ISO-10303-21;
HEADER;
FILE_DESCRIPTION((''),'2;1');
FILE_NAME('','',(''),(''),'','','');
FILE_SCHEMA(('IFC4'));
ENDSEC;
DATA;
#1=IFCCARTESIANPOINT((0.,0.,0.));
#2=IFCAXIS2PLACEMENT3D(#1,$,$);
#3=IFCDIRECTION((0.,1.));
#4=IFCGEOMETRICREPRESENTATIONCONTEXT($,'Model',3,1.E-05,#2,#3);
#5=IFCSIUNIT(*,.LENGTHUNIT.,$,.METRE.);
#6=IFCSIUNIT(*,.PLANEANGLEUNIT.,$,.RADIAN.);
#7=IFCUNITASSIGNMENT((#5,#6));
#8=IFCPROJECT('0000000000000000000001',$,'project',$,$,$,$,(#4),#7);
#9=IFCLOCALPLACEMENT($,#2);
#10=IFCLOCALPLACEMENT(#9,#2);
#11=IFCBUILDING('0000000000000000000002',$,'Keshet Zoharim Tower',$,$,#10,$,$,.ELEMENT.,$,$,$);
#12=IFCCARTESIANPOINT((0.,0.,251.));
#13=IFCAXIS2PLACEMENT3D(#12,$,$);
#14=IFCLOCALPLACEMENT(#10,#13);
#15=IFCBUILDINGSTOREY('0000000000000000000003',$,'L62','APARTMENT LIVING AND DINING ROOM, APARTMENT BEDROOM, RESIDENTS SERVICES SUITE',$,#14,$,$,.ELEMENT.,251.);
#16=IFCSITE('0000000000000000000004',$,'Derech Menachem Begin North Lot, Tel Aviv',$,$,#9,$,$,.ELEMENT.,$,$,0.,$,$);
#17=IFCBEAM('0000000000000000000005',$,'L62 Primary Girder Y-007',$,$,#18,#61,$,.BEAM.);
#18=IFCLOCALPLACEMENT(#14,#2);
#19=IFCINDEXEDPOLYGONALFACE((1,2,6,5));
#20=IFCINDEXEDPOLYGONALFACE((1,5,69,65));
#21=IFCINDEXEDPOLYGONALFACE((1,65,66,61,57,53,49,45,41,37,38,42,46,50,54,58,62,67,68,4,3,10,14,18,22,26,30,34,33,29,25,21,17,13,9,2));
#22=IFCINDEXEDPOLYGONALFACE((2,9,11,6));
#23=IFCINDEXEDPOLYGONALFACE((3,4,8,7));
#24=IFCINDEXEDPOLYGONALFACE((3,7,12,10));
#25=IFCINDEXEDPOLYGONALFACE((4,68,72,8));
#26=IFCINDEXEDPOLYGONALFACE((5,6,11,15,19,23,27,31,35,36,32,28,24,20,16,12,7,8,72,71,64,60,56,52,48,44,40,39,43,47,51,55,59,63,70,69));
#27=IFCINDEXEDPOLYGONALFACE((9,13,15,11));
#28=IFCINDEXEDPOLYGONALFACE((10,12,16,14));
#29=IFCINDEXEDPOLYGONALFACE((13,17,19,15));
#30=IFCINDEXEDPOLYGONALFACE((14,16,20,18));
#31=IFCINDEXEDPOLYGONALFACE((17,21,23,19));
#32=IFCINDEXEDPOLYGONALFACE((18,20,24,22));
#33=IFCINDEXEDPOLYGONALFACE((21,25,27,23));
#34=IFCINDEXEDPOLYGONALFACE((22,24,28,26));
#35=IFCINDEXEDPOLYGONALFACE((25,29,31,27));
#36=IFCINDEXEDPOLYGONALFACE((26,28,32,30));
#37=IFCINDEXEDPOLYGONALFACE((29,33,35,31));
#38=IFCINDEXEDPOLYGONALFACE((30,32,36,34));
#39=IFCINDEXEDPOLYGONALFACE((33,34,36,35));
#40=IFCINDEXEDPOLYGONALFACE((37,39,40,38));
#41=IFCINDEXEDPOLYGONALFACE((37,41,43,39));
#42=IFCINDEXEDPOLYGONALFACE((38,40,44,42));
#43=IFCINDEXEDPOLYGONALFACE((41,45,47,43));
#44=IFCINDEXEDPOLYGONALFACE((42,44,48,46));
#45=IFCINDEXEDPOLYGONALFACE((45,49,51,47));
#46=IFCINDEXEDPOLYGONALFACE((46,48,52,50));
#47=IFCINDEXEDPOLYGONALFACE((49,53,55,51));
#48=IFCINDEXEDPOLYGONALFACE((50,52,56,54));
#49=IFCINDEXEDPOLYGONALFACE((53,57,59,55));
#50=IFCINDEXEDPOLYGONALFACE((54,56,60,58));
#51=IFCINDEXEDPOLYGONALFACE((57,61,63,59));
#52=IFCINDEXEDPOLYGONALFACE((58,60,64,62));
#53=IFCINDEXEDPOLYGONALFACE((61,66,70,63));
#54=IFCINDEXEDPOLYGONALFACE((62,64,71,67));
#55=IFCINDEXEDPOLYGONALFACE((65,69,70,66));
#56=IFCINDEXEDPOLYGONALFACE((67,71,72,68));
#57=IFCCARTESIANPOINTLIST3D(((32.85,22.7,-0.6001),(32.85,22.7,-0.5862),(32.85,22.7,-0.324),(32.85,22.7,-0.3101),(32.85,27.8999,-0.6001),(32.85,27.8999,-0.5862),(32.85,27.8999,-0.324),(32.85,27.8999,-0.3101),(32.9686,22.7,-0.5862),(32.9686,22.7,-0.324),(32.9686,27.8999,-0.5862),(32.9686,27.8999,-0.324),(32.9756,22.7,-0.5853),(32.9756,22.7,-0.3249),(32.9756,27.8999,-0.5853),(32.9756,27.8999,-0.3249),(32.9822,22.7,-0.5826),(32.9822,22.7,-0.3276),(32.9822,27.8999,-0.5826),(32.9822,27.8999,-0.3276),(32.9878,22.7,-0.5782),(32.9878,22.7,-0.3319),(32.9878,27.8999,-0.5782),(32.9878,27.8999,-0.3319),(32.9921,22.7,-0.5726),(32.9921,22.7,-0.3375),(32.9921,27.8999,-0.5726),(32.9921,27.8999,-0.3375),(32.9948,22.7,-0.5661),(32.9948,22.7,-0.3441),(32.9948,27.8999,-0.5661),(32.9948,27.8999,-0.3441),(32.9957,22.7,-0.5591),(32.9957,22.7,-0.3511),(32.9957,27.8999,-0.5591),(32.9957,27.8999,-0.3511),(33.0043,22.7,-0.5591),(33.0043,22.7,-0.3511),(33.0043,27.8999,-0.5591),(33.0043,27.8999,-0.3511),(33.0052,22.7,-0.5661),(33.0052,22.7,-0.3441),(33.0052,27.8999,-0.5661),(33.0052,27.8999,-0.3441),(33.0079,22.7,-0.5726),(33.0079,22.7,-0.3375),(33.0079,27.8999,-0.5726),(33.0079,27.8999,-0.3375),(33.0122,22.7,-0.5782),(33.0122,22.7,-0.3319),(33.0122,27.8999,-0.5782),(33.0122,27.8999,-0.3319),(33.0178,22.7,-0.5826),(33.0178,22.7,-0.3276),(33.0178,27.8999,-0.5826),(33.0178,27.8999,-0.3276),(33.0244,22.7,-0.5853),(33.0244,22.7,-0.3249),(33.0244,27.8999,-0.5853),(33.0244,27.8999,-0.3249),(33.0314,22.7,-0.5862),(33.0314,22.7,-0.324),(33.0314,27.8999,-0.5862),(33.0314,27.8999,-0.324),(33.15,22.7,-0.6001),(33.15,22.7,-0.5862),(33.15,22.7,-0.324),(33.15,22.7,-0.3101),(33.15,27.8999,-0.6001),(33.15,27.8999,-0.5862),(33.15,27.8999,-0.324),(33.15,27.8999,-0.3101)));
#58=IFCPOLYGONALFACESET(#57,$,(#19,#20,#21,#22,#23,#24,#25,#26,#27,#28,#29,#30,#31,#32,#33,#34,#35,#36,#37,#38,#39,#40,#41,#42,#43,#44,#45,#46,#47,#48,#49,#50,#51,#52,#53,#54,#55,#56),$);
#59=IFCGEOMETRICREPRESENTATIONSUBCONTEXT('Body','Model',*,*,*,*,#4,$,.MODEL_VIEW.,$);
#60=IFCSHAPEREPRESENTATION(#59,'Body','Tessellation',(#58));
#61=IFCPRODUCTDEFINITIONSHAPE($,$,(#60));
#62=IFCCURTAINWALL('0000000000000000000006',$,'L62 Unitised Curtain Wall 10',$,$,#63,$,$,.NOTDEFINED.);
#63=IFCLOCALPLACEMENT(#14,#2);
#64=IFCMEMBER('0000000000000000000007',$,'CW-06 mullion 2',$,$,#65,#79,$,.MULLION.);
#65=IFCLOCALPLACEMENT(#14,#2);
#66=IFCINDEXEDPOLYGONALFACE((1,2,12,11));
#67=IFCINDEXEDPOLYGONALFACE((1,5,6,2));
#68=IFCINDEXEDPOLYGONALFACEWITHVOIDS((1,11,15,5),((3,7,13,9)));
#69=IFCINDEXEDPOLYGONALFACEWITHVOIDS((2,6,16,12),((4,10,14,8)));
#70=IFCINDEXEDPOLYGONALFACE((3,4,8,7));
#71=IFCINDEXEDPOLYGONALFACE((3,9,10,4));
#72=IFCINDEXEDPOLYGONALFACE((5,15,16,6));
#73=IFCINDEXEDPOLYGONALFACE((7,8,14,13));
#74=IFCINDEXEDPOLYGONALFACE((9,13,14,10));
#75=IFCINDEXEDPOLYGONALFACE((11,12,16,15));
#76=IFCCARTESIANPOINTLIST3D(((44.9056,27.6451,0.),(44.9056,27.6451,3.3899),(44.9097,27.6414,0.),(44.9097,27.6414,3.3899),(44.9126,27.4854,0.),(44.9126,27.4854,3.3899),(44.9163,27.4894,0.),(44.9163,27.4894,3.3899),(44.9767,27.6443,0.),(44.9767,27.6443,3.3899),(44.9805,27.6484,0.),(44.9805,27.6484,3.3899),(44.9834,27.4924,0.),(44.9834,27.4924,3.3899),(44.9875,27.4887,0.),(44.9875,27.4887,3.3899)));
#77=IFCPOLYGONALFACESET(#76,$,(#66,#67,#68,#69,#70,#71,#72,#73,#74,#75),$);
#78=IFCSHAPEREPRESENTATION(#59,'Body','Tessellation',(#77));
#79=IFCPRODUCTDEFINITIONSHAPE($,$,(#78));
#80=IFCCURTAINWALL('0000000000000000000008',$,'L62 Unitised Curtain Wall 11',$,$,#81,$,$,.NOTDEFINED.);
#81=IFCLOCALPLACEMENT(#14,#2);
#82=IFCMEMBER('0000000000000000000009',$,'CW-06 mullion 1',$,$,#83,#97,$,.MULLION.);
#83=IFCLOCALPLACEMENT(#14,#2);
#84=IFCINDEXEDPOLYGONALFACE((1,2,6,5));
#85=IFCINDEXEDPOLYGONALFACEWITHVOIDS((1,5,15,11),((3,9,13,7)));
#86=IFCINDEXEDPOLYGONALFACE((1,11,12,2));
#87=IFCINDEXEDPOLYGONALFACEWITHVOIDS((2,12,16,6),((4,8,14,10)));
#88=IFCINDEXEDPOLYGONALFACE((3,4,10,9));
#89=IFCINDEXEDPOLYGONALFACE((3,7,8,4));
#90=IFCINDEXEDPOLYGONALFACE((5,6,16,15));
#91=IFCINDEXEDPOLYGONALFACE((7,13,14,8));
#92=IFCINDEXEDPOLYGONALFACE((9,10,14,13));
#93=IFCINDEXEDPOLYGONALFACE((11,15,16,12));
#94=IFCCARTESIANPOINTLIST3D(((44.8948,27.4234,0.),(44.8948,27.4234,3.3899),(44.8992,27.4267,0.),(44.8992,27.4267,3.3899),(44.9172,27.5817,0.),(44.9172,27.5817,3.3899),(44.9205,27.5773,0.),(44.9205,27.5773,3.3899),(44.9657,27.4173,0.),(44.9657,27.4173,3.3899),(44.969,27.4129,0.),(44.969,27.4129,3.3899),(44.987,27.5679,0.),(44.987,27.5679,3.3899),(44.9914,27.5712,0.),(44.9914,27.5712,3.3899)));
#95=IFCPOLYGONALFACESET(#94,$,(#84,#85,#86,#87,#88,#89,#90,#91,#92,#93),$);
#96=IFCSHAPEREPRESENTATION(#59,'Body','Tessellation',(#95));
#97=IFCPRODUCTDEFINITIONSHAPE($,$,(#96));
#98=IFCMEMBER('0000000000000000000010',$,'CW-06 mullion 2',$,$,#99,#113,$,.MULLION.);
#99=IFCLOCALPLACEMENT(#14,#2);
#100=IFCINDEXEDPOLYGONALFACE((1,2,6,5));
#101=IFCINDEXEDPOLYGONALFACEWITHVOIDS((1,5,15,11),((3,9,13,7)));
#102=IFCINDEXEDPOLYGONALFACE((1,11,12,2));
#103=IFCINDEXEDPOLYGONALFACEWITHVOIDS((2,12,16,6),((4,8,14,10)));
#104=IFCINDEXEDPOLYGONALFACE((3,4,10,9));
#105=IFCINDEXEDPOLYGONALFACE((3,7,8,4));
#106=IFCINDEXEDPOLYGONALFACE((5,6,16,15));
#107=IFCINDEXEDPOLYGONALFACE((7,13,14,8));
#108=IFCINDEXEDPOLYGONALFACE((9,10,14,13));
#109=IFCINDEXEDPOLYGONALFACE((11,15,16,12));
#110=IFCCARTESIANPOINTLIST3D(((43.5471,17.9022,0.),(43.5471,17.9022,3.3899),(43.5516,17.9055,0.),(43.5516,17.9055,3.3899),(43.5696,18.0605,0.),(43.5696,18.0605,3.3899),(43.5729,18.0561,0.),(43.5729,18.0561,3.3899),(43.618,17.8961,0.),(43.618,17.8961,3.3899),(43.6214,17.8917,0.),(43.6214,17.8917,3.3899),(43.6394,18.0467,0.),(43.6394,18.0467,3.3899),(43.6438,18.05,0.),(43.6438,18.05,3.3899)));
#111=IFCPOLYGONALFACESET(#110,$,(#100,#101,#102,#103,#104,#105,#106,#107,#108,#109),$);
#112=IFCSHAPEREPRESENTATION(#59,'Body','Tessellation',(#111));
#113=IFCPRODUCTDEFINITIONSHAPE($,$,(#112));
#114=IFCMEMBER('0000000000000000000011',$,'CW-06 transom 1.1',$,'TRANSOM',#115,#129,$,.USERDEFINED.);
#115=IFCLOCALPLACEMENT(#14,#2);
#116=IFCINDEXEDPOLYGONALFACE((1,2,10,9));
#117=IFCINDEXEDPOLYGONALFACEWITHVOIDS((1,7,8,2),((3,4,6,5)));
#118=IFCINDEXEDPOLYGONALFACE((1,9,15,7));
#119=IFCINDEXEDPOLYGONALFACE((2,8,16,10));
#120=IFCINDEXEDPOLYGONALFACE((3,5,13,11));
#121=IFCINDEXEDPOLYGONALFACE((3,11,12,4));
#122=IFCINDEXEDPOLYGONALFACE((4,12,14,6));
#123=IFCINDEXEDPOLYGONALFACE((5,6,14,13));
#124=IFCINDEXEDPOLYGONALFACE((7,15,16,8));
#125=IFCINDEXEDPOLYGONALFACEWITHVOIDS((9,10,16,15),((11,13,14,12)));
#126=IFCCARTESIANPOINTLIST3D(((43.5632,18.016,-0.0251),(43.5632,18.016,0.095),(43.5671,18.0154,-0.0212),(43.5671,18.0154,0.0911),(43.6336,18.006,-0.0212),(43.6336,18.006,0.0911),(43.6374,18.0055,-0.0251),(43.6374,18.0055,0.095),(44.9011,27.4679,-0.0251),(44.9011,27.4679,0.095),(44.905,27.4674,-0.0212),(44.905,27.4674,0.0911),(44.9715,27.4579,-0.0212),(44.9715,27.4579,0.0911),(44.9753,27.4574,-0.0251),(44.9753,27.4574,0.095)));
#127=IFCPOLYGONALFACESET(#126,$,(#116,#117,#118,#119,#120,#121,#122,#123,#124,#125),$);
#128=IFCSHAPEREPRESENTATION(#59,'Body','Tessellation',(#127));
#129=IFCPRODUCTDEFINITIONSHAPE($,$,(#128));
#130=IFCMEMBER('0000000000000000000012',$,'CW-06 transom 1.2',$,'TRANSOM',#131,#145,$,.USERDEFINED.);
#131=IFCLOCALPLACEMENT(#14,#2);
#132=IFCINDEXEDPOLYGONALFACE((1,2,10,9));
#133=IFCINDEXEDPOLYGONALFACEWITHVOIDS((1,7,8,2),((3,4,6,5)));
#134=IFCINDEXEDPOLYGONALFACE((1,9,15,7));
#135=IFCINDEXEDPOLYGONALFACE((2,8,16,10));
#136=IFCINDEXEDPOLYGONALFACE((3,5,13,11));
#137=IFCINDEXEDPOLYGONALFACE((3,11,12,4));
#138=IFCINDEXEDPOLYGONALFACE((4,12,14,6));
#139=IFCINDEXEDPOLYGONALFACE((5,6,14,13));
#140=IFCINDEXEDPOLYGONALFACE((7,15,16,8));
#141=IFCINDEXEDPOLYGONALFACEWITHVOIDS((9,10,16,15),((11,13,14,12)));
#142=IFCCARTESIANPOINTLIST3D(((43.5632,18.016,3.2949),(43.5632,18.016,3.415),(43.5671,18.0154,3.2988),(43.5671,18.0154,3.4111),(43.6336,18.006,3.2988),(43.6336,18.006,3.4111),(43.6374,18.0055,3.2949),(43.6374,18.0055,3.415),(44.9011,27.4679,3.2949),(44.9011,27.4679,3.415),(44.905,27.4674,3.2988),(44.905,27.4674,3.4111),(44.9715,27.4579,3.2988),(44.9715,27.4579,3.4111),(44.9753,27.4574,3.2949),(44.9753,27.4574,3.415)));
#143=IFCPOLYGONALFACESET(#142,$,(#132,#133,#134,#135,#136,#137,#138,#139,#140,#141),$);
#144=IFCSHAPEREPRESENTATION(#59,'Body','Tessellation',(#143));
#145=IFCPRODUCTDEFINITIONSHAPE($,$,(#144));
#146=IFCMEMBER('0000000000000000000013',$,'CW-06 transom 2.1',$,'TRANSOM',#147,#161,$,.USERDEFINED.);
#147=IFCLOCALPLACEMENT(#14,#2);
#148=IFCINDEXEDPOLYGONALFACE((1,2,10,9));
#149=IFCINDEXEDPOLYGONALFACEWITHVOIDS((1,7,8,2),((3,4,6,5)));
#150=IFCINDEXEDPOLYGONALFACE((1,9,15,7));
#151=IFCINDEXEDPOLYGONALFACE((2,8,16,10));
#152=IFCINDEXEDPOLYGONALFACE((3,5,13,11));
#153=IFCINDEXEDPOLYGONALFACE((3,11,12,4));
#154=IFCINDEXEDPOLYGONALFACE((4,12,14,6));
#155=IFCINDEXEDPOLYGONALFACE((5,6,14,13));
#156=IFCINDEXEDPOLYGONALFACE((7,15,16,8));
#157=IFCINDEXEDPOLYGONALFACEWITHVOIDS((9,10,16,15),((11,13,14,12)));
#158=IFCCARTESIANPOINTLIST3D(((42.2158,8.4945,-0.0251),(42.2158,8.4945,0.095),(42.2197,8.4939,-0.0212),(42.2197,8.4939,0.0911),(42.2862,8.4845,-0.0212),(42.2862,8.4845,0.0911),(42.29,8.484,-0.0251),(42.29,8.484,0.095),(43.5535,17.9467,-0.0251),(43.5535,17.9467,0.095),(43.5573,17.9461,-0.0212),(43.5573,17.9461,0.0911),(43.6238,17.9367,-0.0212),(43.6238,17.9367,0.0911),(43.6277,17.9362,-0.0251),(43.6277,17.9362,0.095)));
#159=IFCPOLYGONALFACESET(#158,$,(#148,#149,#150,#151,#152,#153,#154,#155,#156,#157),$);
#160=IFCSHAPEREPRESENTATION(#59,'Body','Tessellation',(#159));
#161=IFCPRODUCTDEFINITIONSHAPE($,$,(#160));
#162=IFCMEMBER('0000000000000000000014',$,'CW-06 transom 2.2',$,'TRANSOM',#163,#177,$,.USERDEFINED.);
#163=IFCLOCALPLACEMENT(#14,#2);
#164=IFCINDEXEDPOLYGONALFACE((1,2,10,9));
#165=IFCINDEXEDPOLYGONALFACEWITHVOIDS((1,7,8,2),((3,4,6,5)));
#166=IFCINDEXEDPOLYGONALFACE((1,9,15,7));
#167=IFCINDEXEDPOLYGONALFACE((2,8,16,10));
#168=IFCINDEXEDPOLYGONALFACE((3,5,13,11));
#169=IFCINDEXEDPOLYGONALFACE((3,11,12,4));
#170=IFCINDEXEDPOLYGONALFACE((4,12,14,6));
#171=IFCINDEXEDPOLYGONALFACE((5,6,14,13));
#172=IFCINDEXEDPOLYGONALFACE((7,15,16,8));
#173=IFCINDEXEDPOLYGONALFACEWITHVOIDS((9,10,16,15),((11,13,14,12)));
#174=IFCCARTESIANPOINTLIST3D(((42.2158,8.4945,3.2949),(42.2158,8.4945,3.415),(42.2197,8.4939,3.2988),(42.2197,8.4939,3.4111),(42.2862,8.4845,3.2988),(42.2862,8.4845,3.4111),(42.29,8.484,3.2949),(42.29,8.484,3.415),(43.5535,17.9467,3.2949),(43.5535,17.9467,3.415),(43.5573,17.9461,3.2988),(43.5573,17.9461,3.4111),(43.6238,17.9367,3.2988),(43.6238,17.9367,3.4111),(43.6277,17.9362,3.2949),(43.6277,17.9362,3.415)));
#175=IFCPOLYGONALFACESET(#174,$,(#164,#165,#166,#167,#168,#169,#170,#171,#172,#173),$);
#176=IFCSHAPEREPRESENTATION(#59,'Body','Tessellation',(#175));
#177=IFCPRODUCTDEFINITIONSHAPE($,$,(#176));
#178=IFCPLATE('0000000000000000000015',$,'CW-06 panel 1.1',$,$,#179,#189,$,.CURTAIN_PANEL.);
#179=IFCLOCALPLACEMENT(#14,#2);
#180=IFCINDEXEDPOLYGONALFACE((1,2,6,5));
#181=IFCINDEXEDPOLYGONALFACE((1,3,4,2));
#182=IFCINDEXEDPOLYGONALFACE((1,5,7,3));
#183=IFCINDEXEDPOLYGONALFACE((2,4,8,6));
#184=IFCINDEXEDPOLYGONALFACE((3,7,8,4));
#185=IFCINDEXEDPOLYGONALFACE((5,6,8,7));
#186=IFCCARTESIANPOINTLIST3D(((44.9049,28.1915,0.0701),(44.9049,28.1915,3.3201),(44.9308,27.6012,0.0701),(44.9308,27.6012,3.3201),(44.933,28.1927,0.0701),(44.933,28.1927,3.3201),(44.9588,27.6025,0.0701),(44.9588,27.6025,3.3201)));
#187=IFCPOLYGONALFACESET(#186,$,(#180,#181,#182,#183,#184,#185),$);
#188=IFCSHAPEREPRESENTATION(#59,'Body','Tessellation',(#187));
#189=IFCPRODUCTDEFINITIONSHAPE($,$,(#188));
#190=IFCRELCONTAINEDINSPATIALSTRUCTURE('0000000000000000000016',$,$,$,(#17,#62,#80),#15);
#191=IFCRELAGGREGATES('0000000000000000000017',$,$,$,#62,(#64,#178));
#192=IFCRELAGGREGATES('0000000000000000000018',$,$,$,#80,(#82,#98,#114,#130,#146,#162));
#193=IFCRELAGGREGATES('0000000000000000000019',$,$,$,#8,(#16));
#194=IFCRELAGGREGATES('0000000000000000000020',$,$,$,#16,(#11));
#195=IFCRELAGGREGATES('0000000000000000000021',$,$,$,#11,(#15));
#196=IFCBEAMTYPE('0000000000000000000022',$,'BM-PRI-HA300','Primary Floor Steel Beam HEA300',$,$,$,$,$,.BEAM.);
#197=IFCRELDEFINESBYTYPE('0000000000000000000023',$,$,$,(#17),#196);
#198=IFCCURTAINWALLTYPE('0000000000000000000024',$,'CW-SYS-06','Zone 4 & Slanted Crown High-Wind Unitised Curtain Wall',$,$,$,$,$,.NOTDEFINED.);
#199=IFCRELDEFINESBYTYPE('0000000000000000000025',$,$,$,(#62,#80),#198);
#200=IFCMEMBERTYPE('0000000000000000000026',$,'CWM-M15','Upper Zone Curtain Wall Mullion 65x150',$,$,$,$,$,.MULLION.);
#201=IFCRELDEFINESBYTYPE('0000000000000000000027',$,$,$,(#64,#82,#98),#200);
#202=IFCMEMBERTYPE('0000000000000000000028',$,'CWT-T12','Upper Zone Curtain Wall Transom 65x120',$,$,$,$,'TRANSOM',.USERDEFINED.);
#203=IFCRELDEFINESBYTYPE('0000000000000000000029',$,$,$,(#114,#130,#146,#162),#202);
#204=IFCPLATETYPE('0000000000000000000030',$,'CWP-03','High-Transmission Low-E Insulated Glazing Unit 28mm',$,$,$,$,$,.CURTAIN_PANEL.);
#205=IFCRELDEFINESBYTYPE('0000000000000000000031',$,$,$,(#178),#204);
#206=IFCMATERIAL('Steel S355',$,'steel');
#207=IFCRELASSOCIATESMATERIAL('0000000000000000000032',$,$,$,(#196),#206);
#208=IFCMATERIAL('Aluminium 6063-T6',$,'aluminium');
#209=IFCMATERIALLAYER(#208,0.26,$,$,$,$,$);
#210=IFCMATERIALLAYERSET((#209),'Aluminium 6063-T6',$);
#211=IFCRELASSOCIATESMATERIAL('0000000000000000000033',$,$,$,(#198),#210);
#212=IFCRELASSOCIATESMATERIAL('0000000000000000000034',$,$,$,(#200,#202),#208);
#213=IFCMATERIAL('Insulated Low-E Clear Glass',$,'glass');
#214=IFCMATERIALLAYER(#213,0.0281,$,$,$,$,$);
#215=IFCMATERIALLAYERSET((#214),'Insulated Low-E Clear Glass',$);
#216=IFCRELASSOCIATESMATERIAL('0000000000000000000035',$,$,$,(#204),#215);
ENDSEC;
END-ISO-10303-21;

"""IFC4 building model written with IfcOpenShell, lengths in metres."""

from ifc_helpers import new_model, si_unit, direction, frame, origin, origin_2d, place, context, subcontext, project, spatial, rectangle, hollow_rectangle, i_section, extrude, material, layer, layer_set, material_profile, profile_set, type_object, element, aggregate, save


model = new_model("IFC4")

# Units and contexts
model_context = context("Model", 3, precision=1e-05, world=origin(), true_north=direction((0.0, 1.0)))
body_context = subcontext(model_context, "Body", "Model", "MODEL_VIEW")
ifc_project = project(units=[si_unit("LENGTHUNIT", "METRE"), si_unit("PLANEANGLEUNIT", "RADIAN")], contexts=[model_context])

# Site, building, storey
site_placement = place(None, origin())
site = spatial("IfcSite", under=ifc_project, at=site_placement, Name="Derech Menachem Begin North Lot, Tel Aviv", CompositionType="ELEMENT", RefElevation=0.0)
building_placement = place(site_placement, origin())
building = spatial("IfcBuilding", under=site, at=building_placement, Name="Keshet Zoharim Tower", CompositionType="ELEMENT")
storey_placement = place(building_placement, frame((0.0, 0.0, 251.0)))
storey = spatial("IfcBuildingStorey", under=building, at=storey_placement, Name="L62", Description="APARTMENT LIVING AND DINING ROOM, APARTMENT BEDROOM, RESIDENTS SERVICES SUITE", CompositionType="ELEMENT", Elevation=251.0)

# Shared definitions
ifc_material_1 = material(Name="Steel S355", Category="steel")

# Beam
ifc_material_profile_1 = material_profile(ifc_material_1, i_section(OverallWidth=0.3, OverallDepth=0.29, WebThickness=0.0085, FlangeThickness=0.0139, FilletRadius=0.0271, at=origin_2d()), Name="HEA300")
ifc_profile_set_1 = profile_set([ifc_material_profile_1], Name="Steel S355")
beam_type_1 = type_object("IfcBeamType", Name="BM-PRI-HA300", Description="Primary Floor Steel Beam HEA300", PredefinedType="BEAM", material=ifc_profile_set_1)
beam_1_placement = place(storey_placement, frame((33.0, 22.7, -0.4551), z_axis=(0.0, 1.0, 0.0), x_axis=(-1.0, 0.0, 0.0)))
element("IfcBeam", 1, at=beam_1_placement, inside=storey, type_object=beam_type_1, Name="L62 Primary Girder Y-007", PredefinedType="BEAM", context=body_context, shape_type="SweptSolid", body=[
    extrude(i_section(OverallWidth=0.3, OverallDepth=0.29, WebThickness=0.0085, FlangeThickness=0.0139, FilletRadius=0.0271, at=origin_2d()), origin(), (0.0, 0.0, 1.0), 5.2),
])

# Curtain wall, member
ifc_material_2 = material(Name="Aluminium 6063-T6", Category="aluminium")
ifc_layer_1 = layer(ifc_material_2, 0.26)
ifc_layer_set_1 = layer_set([ifc_layer_1], Name="Aluminium 6063-T6")
curtain_wall_type = type_object("IfcCurtainWallType", Name="CW-SYS-06", Description="Zone 4 & Slanted Crown High-Wind Unitised Curtain Wall", PredefinedType="NOTDEFINED", material=ifc_layer_set_1)
curtain_wall_1_placement = place(storey_placement, origin())
curtain_wall_1 = element("IfcCurtainWall", 2, at=curtain_wall_1_placement, inside=storey, type_object=curtain_wall_type, Name="L62 Unitised Curtain Wall 10", PredefinedType="NOTDEFINED")
ifc_material_profile_2 = material_profile(ifc_material_2, hollow_rectangle(XDim=0.075, YDim=0.1599, WallThickness=0.0039, at=origin_2d()), Name="MUL-75x160")
ifc_profile_set_2 = profile_set([ifc_material_profile_2], Name="Aluminium 6063-T6")
member_type_1 = type_object("IfcMemberType", Name="CWM-M15", Description="Upper Zone Curtain Wall Mullion 65x150", PredefinedType="MULLION", material=ifc_profile_set_2)
member_1_placement = place(storey_placement, frame((44.9465, 27.5669, 0.0), z_axis=(0.0, 0.0, 1.0), x_axis=(0.999041, 0.043794, 0.0)))
member_1 = element("IfcMember", 3, at=member_1_placement, type_object=member_type_1, Name="CW-06 mullion 2", PredefinedType="MULLION", context=body_context, shape_type="SweptSolid", body=[
    extrude(hollow_rectangle(XDim=0.075, YDim=0.1599, WallThickness=0.0039, at=origin_2d()), origin(), (0.0, 0.0, 1.0), 3.3899),
])

# Curtain wall, members
curtain_wall_2_placement = place(storey_placement, origin())
curtain_wall_2 = element("IfcCurtainWall", 4, at=curtain_wall_2_placement, inside=storey, type_object=curtain_wall_type, Name="L62 Unitised Curtain Wall 11", PredefinedType="NOTDEFINED")
member_2_placement = place(storey_placement, frame((44.9431, 27.4973, 0.0), z_axis=(0.0, 0.0, 1.0), x_axis=(0.990132, -0.140137, 0.0)))
member_2 = element("IfcMember", 5, at=member_2_placement, type_object=member_type_1, Name="CW-06 mullion 1", PredefinedType="MULLION", context=body_context, shape_type="SweptSolid", body=[
    extrude(hollow_rectangle(XDim=0.075, YDim=0.1599, WallThickness=0.0039, at=origin_2d()), origin(), (0.0, 0.0, 1.0), 3.3899),
])
member_3_placement = place(storey_placement, frame((43.5955, 17.9761, 0.0), z_axis=(0.0, 0.0, 1.0), x_axis=(0.990132, -0.140137, 0.0)))
member_3 = element("IfcMember", 6, at=member_3_placement, type_object=member_type_1, Name="CW-06 mullion 2", PredefinedType="MULLION", context=body_context, shape_type="SweptSolid", body=[
    extrude(hollow_rectangle(XDim=0.075, YDim=0.1599, WallThickness=0.0039, at=origin_2d()), origin(), (0.0, 0.0, 1.0), 3.3899),
])
ifc_material_profile_3 = material_profile(ifc_material_2, hollow_rectangle(XDim=0.075, YDim=0.1201, WallThickness=0.0039, at=origin_2d()), Name="TRN-75x120")
ifc_profile_set_3 = profile_set([ifc_material_profile_3], Name="Aluminium 6063-T6")
member_type_2 = type_object("IfcMemberType", Name="CWT-T12", Description="Upper Zone Curtain Wall Transom 65x120", ElementType="TRANSOM", PredefinedType="USERDEFINED", material=ifc_profile_set_3)
member_4_placement = place(storey_placement, frame((44.9382, 27.4626, 0.0349), z_axis=(-0.14015, -0.99013, 0.0), x_axis=(0.99013, -0.14015, 0.0)))
member_4 = element("IfcMember", 7, at=member_4_placement, type_object=member_type_2, Name="CW-06 transom 1.1", ObjectType="TRANSOM", PredefinedType="USERDEFINED", context=body_context, shape_type="SweptSolid", body=[
    extrude(hollow_rectangle(XDim=0.075, YDim=0.1201, WallThickness=0.0039, at=origin_2d()), origin(), (0.0, 0.0, 1.0), 9.5461),
])
member_5_placement = place(storey_placement, frame((44.9382, 27.4626, 3.355), z_axis=(-0.14015, -0.99013, 0.0), x_axis=(0.99013, -0.14015, 0.0)))
member_5 = element("IfcMember", 8, at=member_5_placement, type_object=member_type_2, Name="CW-06 transom 1.2", ObjectType="TRANSOM", PredefinedType="USERDEFINED", context=body_context, shape_type="SweptSolid", body=[
    extrude(hollow_rectangle(XDim=0.075, YDim=0.1201, WallThickness=0.0039, at=origin_2d()), origin(), (0.0, 0.0, 1.0), 9.5461),
])
member_6_placement = place(storey_placement, frame((43.5906, 17.9414, 0.0349), z_axis=(-0.140122, -0.990134, 0.0), x_axis=(0.990134, -0.140122, 0.0)))
member_6 = element("IfcMember", 9, at=member_6_placement, type_object=member_type_2, Name="CW-06 transom 2.1", ObjectType="TRANSOM", PredefinedType="USERDEFINED", context=body_context, shape_type="SweptSolid", body=[
    extrude(hollow_rectangle(XDim=0.075, YDim=0.1201, WallThickness=0.0039, at=origin_2d()), origin(), (0.0, 0.0, 1.0), 9.5464),
])
member_7_placement = place(storey_placement, frame((43.5906, 17.9414, 3.355), z_axis=(-0.140122, -0.990134, 0.0), x_axis=(0.990134, -0.140122, 0.0)))
member_7 = element("IfcMember", 10, at=member_7_placement, type_object=member_type_2, Name="CW-06 transom 2.2", ObjectType="TRANSOM", PredefinedType="USERDEFINED", context=body_context, shape_type="SweptSolid", body=[
    extrude(hollow_rectangle(XDim=0.075, YDim=0.1201, WallThickness=0.0039, at=origin_2d()), origin(), (0.0, 0.0, 1.0), 9.5464),
])

# Plate
ifc_material_3 = material(Name="Insulated Low-E Clear Glass", Category="glass")
ifc_layer_2 = layer(ifc_material_3, 0.0281)
ifc_layer_set_2 = layer_set([ifc_layer_2], Name="Insulated Low-E Clear Glass")
plate_type = type_object("IfcPlateType", Name="CWP-03", Description="High-Transmission Low-E Insulated Glazing Unit 28mm", PredefinedType="CURTAIN_PANEL", material=ifc_layer_set_2)
plate_1_placement = place(storey_placement, frame((44.9319, 27.897, 0.0701), z_axis=(0.0, 0.0, 1.0), x_axis=(0.043794, -0.999041, 0.0)))
plate_1 = element("IfcPlate", 11, at=plate_1_placement, type_object=plate_type, Name="CW-06 panel 1.1", PredefinedType="CURTAIN_PANEL", context=body_context, shape_type="SweptSolid", body=[
    extrude(rectangle(XDim=0.5908, YDim=0.0281, at=origin_2d()), origin(), (0.0, 0.0, 1.0), 3.25),
])
aggregate(curtain_wall_1, [member_1, plate_1])
aggregate(curtain_wall_2, [member_2, member_3, member_4, member_5, member_6, member_7])

save(model, "model.ifc")
